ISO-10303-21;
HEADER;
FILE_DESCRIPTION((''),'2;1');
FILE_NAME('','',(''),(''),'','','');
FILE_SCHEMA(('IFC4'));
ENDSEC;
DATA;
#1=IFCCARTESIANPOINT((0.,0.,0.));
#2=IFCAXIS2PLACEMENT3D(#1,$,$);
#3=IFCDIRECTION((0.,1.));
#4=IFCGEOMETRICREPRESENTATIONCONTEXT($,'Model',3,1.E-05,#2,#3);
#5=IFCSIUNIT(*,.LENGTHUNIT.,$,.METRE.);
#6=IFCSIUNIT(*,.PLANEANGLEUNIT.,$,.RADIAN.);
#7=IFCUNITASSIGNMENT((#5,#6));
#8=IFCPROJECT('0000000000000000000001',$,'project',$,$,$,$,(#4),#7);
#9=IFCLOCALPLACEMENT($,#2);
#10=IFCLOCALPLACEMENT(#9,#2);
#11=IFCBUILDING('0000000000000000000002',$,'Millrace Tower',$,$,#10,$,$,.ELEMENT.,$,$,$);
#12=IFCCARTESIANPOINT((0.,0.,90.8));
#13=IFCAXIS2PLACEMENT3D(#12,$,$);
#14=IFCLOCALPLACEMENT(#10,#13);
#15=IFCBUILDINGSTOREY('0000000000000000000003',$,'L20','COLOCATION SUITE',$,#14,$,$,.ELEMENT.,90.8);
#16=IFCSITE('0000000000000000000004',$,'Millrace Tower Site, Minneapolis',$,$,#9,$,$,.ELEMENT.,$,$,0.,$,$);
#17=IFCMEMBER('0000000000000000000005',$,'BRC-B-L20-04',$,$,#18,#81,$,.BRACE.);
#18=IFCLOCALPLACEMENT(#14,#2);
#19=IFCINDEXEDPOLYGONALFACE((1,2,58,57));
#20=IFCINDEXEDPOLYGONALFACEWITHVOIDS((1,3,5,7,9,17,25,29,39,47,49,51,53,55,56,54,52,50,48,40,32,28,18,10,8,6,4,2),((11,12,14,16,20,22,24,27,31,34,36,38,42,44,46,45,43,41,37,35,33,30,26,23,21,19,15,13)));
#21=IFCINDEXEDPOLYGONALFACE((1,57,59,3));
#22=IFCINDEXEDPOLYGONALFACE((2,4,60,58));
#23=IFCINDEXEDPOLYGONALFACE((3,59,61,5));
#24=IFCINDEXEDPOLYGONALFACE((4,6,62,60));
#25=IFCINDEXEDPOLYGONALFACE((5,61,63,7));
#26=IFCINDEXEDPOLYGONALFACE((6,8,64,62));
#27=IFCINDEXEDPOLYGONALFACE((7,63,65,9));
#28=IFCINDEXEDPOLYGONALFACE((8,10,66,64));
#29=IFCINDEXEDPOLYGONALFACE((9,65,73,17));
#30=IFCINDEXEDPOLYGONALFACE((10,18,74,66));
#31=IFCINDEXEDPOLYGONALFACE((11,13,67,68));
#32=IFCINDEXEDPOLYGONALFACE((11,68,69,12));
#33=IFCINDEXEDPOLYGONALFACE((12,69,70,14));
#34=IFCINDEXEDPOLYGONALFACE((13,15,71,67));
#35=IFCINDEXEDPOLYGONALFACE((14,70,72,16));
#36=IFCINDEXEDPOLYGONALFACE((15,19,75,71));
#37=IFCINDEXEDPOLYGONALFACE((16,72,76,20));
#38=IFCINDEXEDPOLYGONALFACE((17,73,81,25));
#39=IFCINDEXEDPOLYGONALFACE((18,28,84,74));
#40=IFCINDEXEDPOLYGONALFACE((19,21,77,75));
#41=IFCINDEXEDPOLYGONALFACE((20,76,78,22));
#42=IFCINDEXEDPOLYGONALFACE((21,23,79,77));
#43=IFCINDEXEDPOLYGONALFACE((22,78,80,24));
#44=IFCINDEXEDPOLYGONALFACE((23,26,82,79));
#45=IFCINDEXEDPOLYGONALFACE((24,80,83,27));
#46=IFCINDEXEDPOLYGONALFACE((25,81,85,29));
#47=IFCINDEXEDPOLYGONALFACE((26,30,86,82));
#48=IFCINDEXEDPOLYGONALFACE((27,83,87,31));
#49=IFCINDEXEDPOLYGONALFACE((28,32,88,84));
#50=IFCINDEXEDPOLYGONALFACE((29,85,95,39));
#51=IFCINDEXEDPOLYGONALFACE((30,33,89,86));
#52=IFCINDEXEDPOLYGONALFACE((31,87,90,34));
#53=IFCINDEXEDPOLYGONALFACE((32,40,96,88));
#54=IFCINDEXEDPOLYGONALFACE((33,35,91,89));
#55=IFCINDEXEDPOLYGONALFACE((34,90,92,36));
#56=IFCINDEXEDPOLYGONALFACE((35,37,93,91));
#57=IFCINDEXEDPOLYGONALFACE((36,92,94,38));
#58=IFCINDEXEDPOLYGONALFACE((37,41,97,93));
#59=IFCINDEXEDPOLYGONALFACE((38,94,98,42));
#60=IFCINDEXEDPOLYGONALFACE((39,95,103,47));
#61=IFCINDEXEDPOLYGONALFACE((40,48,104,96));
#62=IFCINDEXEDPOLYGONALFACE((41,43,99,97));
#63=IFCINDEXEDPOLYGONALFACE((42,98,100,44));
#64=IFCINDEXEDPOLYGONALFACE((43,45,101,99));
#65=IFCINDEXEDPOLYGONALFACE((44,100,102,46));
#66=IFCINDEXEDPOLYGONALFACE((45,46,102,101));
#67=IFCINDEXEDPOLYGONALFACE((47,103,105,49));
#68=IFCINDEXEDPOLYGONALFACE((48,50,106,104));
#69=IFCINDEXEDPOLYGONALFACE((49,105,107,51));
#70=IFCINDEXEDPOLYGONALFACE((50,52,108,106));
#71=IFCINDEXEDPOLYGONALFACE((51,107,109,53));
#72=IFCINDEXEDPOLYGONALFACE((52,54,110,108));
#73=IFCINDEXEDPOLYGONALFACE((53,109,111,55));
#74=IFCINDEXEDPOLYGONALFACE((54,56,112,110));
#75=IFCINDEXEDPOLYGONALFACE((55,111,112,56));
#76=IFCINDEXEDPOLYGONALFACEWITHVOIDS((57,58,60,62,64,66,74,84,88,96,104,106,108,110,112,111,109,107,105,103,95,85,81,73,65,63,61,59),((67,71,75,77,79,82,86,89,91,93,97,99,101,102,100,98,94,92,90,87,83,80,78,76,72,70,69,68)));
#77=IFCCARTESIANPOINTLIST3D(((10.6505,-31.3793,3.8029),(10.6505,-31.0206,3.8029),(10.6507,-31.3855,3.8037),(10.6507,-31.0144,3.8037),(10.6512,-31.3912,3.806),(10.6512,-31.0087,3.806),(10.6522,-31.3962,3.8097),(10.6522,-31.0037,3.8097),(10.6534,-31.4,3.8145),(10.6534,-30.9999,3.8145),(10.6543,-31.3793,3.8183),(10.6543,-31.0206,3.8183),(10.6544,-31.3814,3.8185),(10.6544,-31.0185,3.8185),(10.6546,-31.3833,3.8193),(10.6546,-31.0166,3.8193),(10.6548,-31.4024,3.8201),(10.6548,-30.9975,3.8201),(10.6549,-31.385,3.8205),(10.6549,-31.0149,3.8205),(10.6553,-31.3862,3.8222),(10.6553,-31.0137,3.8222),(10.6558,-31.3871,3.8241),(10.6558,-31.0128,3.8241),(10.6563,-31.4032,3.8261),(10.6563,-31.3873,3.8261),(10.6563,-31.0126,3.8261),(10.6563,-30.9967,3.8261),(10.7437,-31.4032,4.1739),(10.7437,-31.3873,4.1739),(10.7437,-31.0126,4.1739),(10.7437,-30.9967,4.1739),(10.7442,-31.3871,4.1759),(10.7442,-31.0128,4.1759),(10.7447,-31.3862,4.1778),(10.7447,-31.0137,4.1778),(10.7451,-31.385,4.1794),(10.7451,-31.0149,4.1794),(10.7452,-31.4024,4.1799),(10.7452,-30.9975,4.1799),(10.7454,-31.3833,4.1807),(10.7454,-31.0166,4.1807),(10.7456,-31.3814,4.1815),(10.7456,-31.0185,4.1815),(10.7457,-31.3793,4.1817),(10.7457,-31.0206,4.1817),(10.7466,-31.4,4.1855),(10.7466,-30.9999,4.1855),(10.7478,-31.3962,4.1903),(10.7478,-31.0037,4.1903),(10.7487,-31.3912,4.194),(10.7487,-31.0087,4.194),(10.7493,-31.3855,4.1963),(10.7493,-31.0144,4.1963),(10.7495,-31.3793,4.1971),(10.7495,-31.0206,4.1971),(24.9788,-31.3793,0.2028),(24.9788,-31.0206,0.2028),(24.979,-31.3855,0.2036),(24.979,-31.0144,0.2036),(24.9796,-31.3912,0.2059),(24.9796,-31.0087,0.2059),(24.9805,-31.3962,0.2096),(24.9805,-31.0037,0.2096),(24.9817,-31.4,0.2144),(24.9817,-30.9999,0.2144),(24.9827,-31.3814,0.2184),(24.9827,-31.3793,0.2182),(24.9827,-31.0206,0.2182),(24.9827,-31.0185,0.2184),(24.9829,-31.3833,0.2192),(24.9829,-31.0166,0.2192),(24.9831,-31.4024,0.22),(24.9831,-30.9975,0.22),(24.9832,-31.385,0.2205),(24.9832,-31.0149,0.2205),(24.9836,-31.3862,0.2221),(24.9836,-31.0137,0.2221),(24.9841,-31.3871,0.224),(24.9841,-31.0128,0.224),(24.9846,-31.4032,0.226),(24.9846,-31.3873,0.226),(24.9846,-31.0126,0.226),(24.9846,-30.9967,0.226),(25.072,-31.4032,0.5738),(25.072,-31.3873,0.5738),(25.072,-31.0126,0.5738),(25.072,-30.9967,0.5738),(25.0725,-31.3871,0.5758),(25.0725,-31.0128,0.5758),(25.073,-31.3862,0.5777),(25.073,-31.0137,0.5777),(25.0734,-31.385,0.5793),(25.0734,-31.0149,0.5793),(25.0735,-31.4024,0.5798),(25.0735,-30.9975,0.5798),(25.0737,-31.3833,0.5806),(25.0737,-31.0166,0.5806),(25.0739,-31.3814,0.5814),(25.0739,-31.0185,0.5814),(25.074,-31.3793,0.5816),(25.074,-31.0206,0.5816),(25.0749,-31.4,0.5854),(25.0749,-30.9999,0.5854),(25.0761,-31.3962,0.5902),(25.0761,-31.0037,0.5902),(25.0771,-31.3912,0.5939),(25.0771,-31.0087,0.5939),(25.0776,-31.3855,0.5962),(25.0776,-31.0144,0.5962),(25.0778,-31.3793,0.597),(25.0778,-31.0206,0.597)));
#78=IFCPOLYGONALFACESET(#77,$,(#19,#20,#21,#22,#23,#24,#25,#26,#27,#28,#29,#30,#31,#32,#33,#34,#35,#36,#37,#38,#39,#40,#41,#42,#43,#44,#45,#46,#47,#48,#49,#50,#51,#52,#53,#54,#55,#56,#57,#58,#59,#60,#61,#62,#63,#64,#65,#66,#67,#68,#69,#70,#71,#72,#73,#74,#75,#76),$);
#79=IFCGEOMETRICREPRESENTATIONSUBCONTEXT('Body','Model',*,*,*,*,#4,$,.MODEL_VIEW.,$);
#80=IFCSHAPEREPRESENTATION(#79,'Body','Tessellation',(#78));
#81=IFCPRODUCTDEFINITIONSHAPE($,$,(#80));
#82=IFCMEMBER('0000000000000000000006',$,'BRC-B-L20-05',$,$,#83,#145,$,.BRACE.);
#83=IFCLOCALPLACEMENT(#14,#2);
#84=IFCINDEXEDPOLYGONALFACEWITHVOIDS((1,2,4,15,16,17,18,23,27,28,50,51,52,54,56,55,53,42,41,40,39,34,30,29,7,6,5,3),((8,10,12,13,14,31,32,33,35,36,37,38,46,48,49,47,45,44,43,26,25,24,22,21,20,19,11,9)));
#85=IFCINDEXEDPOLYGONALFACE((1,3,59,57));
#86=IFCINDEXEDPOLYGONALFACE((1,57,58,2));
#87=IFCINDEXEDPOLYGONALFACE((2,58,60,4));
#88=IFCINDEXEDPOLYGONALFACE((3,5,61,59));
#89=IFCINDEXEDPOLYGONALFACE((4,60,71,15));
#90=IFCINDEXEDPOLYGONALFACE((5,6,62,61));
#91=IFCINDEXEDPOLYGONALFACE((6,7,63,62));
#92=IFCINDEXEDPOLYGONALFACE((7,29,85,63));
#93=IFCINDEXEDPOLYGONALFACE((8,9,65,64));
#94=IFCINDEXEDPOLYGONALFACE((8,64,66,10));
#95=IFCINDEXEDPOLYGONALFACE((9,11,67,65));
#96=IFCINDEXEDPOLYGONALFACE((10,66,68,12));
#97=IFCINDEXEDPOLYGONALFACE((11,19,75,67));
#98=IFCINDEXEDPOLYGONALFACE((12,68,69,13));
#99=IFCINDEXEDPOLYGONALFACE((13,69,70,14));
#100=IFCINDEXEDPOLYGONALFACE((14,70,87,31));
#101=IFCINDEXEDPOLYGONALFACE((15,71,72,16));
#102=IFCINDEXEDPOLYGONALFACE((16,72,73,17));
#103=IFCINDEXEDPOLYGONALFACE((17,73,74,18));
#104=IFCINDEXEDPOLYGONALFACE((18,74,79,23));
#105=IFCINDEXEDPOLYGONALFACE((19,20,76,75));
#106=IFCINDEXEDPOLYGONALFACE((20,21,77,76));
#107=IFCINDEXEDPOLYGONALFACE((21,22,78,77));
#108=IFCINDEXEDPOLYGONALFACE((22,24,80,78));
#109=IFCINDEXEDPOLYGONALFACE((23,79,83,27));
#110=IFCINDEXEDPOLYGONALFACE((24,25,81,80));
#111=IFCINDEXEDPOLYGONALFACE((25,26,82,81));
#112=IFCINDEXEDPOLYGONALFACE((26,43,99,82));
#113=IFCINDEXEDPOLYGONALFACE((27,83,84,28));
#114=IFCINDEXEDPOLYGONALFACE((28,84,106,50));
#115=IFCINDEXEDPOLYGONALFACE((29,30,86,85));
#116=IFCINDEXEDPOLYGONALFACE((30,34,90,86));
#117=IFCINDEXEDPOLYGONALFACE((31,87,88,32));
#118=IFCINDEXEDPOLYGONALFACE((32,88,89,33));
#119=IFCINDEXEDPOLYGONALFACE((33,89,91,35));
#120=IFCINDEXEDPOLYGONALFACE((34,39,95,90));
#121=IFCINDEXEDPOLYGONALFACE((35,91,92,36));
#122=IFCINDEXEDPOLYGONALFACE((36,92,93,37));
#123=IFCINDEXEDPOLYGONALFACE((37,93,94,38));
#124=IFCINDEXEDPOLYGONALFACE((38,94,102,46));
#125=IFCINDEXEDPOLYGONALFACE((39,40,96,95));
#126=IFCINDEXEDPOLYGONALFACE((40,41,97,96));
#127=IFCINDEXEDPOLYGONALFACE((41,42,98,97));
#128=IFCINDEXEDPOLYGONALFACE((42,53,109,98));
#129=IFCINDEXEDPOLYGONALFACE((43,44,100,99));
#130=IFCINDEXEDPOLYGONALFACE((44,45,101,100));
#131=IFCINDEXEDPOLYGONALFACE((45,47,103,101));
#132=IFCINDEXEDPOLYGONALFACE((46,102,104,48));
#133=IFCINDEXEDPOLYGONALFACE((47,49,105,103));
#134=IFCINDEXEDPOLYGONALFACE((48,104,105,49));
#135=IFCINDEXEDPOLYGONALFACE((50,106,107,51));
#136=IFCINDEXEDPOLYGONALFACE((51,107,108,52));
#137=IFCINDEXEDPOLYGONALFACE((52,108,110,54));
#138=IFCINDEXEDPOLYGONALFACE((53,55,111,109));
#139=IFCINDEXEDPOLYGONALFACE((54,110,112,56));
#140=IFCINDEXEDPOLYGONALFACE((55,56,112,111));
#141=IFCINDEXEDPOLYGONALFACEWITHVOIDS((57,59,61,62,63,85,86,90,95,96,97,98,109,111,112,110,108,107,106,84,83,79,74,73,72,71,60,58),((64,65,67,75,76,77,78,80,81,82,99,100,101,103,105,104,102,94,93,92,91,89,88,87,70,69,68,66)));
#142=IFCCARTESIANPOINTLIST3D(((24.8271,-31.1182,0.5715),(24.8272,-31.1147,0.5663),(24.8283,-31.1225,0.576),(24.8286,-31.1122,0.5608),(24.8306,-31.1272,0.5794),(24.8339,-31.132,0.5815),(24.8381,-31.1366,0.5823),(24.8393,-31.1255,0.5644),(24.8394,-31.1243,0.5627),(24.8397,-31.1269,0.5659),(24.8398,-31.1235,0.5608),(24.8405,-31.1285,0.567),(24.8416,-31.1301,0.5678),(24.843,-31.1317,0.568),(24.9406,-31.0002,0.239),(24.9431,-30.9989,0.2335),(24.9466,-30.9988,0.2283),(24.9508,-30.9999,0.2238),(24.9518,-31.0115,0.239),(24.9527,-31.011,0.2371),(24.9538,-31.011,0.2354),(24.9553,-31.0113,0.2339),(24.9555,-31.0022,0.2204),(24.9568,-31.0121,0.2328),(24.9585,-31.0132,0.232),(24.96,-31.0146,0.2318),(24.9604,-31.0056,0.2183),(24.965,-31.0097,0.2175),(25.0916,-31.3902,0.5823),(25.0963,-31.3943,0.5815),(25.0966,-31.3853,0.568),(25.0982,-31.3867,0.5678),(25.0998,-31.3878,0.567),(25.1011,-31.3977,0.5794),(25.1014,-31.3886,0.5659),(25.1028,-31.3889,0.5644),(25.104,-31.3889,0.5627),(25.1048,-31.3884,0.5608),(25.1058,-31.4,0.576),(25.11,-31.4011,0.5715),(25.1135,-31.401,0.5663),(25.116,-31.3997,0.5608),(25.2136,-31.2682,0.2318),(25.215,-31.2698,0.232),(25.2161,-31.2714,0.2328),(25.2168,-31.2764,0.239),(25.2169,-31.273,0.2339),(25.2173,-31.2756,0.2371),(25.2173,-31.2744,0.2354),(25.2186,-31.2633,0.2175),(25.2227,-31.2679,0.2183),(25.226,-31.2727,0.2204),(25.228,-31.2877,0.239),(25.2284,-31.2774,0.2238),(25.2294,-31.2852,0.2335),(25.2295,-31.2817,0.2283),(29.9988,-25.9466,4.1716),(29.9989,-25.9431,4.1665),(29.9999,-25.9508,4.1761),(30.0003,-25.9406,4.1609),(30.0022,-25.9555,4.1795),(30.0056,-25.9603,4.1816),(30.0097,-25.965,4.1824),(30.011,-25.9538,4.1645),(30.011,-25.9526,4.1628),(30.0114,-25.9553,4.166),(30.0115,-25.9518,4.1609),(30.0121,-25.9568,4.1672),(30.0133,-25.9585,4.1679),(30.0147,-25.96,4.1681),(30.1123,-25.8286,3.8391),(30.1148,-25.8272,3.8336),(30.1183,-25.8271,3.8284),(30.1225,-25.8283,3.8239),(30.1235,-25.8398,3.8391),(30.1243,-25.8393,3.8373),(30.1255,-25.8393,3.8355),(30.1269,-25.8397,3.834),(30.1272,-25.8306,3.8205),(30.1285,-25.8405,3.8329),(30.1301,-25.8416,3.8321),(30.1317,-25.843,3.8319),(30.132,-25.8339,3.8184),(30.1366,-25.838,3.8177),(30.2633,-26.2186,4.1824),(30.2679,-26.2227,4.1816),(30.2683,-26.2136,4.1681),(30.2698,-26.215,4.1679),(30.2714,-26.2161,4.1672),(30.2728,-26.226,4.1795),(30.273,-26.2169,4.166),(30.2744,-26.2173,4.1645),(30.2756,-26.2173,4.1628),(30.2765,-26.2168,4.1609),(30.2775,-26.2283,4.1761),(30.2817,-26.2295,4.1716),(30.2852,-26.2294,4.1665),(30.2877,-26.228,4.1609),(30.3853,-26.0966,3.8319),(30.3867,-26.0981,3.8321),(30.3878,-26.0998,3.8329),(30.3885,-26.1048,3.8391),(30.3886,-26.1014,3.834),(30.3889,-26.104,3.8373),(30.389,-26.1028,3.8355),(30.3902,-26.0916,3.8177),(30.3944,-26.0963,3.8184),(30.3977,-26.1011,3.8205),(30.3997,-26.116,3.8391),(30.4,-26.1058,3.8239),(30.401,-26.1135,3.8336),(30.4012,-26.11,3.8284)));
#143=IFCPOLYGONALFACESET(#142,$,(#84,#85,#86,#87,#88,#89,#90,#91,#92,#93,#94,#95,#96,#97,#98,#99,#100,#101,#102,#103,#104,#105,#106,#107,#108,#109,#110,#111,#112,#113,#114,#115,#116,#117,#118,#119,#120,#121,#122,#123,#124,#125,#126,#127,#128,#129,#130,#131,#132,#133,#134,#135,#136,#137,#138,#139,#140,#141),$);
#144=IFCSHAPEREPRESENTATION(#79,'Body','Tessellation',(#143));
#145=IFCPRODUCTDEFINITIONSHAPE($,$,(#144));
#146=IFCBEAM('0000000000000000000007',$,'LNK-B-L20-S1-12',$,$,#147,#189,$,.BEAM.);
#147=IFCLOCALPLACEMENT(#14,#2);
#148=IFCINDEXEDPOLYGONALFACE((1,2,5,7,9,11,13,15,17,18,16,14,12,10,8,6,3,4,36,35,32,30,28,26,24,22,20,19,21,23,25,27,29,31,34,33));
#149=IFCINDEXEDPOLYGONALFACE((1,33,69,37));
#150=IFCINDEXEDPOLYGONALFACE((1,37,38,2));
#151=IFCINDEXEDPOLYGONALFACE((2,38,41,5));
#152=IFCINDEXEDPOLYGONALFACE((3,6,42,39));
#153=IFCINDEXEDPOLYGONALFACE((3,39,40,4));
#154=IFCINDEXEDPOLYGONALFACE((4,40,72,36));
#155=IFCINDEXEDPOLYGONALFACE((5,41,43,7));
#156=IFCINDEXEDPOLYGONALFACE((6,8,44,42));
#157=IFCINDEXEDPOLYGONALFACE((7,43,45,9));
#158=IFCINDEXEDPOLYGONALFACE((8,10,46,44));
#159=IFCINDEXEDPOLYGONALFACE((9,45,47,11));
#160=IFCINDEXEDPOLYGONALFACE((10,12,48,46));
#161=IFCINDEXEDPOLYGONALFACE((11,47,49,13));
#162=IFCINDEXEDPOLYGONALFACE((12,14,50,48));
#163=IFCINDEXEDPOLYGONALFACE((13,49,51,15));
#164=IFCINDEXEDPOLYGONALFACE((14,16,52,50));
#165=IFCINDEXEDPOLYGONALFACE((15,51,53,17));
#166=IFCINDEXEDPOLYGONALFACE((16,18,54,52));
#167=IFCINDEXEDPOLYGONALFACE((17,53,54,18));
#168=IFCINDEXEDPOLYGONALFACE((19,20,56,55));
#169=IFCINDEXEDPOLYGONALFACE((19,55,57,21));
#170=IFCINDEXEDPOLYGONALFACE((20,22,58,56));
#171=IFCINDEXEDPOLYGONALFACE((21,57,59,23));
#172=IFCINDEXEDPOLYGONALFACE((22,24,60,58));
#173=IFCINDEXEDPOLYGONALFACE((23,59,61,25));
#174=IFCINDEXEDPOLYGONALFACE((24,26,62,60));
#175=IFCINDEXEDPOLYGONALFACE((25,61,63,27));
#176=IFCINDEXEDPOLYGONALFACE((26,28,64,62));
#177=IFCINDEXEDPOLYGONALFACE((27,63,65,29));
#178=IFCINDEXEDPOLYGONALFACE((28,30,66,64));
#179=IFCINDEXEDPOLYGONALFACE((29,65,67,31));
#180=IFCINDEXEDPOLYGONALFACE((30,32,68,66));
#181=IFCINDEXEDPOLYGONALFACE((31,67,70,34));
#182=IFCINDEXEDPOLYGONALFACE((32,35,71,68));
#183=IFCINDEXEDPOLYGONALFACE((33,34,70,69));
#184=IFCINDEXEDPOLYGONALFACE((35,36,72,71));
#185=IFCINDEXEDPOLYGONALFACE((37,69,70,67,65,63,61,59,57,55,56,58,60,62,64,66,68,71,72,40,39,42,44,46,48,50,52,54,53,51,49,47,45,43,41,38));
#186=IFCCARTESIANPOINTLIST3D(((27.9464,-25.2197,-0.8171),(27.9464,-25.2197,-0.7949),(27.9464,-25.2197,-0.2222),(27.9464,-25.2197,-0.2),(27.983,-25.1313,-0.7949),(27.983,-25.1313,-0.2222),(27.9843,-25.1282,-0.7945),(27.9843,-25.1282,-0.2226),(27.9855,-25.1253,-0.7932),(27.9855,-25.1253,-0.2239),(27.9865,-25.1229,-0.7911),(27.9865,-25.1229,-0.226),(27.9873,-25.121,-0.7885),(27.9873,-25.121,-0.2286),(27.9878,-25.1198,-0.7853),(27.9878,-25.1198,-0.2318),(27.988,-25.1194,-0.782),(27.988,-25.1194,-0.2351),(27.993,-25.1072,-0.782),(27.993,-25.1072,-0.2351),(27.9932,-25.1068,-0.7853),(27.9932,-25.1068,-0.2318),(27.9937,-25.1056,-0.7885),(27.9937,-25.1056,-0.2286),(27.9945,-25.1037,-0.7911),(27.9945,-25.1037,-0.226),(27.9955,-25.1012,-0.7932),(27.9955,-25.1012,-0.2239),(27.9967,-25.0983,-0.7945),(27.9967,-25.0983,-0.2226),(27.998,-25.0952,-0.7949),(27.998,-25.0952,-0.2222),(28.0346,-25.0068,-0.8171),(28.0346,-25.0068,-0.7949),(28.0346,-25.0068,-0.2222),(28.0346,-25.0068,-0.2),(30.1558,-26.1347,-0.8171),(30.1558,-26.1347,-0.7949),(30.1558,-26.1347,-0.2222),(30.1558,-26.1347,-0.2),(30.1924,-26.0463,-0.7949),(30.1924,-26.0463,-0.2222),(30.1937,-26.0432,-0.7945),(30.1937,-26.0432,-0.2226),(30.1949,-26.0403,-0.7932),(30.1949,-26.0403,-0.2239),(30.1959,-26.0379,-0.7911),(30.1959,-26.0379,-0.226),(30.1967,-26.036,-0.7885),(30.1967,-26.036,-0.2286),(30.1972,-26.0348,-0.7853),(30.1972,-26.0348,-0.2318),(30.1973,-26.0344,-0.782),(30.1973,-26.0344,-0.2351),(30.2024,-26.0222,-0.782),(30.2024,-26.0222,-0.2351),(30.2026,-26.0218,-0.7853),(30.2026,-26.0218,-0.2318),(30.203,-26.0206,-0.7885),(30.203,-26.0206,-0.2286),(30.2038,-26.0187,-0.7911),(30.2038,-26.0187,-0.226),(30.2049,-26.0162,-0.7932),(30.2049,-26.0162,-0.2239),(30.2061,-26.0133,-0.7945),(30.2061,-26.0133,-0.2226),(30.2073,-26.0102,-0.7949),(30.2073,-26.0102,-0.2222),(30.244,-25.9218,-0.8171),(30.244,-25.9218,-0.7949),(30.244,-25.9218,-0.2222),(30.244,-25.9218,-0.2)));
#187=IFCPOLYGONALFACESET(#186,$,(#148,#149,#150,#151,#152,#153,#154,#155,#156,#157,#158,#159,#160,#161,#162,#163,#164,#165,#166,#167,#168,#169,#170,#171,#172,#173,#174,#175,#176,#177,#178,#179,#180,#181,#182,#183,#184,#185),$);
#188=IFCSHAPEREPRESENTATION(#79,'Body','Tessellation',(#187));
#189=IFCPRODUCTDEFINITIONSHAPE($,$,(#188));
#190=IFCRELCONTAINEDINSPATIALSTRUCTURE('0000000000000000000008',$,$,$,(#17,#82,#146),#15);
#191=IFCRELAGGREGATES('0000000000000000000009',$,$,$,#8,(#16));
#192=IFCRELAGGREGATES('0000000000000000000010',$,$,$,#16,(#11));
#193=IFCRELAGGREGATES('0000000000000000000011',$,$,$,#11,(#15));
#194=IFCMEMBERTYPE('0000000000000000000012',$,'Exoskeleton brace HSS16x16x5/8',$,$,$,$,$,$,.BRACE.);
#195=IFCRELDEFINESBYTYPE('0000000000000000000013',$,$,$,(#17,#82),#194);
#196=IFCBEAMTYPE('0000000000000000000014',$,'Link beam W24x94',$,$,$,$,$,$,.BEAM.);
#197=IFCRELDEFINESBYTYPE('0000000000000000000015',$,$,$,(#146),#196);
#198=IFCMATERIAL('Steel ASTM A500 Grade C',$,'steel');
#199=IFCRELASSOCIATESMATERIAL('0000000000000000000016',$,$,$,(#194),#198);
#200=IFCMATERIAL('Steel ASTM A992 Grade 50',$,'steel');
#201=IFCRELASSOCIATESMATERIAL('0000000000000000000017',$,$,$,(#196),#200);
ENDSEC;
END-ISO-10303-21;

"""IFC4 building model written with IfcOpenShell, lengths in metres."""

from ifc_helpers import new_model, si_unit, direction, frame, origin, origin_2d, place, context, subcontext, project, spatial, hollow_rectangle, i_section, extrude, material, material_profile, profile_set, type_object, element, save


model = new_model("IFC4")

# Units and contexts
model_context = context("Model", 3, precision=1e-05, world=origin(), true_north=direction((0.0, 1.0)))
body_context = subcontext(model_context, "Body", "Model", "MODEL_VIEW")
ifc_project = project(units=[si_unit("LENGTHUNIT", "METRE"), si_unit("PLANEANGLEUNIT", "RADIAN")], contexts=[model_context])

# Site, building, storey
site_placement = place(None, origin())
site = spatial("IfcSite", under=ifc_project, at=site_placement, Name="Millrace Tower Site, Minneapolis", CompositionType="ELEMENT", RefElevation=0.0)
building_placement = place(site_placement, origin())
building = spatial("IfcBuilding", under=site, at=building_placement, Name="Millrace Tower", CompositionType="ELEMENT")
storey_placement = place(building_placement, frame((0.0, 0.0, 90.8)))
storey = spatial("IfcBuildingStorey", under=building, at=storey_placement, Name="L20", Description="COLOCATION SUITE", CompositionType="ELEMENT", Elevation=90.8)

# Members
ifc_material_1 = material(Name="Steel ASTM A500 Grade C", Category="steel")
ifc_material_profile_1 = material_profile(ifc_material_1, hollow_rectangle(XDim=0.4065, YDim=0.4065, WallThickness=0.0159, InnerFilletRadius=0.0081, OuterFilletRadius=0.0239, at=origin_2d()))
ifc_profile_set_1 = profile_set([ifc_material_profile_1], Name="Steel ASTM A500 Grade C")
member_type_1 = type_object("IfcMemberType", Name="Exoskeleton brace HSS16x16x5/8", PredefinedType="BRACE", material=ifc_profile_set_1)
member_1_placement = place(storey_placement, frame((25.0283, -31.2, 0.3999), z_axis=(-0.969855, 0.0, 0.243683), x_axis=(0.0, -1.0, 0.0)))
element("IfcMember", 1, at=member_1_placement, inside=storey, type_object=member_type_1, Name="BRC-B-L20-04", PredefinedType="BRACE", context=body_context, shape_type="SweptSolid", body=[
    extrude(hollow_rectangle(XDim=0.4065, YDim=0.4065, WallThickness=0.0159, InnerFilletRadius=0.0081, OuterFilletRadius=0.0239, at=origin_2d()), origin(), (0.0, 0.0, 1.0), 14.7737),
])
member_2_placement = place(storey_placement, frame((25.0283, -31.2, 0.3999), z_axis=(0.634414, 0.634414, 0.441631), x_axis=(-0.707107, 0.707107, 0.0)))
element("IfcMember", 2, at=member_2_placement, inside=storey, type_object=member_type_1, Name="BRC-B-L20-05", PredefinedType="BRACE", context=body_context, shape_type="SweptSolid", body=[
    extrude(hollow_rectangle(XDim=0.4065, YDim=0.4065, WallThickness=0.0159, InnerFilletRadius=0.0081, OuterFilletRadius=0.0239, at=origin_2d()), origin(), (0.0, 0.0, 1.0), 8.1519),
])

# Beam
ifc_material_2 = material(Name="Steel ASTM A992 Grade 50", Category="steel")
ifc_material_profile_2 = material_profile(ifc_material_2, i_section(OverallWidth=0.2305, OverallDepth=0.6172, WebThickness=0.0132, FlangeThickness=0.0222, FilletRadius=0.0129, at=origin_2d()))
ifc_profile_set_2 = profile_set([ifc_material_profile_2], Name="Steel ASTM A992 Grade 50")
beam_type_1 = type_object("IfcBeamType", Name="Link beam W24x94", PredefinedType="BEAM", material=ifc_profile_set_2)
for number, where, z_axis, x_axis, name in (
    (3, (27.9905, -25.1133, -0.5085), (0.923902, -0.382628, 0.0), (0.382628, 0.923902, 0.0), "LNK-B-L20-S1-12"),
):
    element("IfcBeam", number, at=place(storey_placement, frame(where, z_axis=z_axis, x_axis=x_axis)), inside=storey, type_object=beam_type_1, Name=name, PredefinedType="BEAM", context=body_context, shape_type="SweptSolid", body=[
        extrude(i_section(OverallWidth=0.2305, OverallDepth=0.6172, WebThickness=0.0132, FlangeThickness=0.0222, FilletRadius=0.0129, at=origin_2d()), origin(), (0.0, 0.0, 1.0), 2.3914),
    ])

save(model, "model.ifc")
